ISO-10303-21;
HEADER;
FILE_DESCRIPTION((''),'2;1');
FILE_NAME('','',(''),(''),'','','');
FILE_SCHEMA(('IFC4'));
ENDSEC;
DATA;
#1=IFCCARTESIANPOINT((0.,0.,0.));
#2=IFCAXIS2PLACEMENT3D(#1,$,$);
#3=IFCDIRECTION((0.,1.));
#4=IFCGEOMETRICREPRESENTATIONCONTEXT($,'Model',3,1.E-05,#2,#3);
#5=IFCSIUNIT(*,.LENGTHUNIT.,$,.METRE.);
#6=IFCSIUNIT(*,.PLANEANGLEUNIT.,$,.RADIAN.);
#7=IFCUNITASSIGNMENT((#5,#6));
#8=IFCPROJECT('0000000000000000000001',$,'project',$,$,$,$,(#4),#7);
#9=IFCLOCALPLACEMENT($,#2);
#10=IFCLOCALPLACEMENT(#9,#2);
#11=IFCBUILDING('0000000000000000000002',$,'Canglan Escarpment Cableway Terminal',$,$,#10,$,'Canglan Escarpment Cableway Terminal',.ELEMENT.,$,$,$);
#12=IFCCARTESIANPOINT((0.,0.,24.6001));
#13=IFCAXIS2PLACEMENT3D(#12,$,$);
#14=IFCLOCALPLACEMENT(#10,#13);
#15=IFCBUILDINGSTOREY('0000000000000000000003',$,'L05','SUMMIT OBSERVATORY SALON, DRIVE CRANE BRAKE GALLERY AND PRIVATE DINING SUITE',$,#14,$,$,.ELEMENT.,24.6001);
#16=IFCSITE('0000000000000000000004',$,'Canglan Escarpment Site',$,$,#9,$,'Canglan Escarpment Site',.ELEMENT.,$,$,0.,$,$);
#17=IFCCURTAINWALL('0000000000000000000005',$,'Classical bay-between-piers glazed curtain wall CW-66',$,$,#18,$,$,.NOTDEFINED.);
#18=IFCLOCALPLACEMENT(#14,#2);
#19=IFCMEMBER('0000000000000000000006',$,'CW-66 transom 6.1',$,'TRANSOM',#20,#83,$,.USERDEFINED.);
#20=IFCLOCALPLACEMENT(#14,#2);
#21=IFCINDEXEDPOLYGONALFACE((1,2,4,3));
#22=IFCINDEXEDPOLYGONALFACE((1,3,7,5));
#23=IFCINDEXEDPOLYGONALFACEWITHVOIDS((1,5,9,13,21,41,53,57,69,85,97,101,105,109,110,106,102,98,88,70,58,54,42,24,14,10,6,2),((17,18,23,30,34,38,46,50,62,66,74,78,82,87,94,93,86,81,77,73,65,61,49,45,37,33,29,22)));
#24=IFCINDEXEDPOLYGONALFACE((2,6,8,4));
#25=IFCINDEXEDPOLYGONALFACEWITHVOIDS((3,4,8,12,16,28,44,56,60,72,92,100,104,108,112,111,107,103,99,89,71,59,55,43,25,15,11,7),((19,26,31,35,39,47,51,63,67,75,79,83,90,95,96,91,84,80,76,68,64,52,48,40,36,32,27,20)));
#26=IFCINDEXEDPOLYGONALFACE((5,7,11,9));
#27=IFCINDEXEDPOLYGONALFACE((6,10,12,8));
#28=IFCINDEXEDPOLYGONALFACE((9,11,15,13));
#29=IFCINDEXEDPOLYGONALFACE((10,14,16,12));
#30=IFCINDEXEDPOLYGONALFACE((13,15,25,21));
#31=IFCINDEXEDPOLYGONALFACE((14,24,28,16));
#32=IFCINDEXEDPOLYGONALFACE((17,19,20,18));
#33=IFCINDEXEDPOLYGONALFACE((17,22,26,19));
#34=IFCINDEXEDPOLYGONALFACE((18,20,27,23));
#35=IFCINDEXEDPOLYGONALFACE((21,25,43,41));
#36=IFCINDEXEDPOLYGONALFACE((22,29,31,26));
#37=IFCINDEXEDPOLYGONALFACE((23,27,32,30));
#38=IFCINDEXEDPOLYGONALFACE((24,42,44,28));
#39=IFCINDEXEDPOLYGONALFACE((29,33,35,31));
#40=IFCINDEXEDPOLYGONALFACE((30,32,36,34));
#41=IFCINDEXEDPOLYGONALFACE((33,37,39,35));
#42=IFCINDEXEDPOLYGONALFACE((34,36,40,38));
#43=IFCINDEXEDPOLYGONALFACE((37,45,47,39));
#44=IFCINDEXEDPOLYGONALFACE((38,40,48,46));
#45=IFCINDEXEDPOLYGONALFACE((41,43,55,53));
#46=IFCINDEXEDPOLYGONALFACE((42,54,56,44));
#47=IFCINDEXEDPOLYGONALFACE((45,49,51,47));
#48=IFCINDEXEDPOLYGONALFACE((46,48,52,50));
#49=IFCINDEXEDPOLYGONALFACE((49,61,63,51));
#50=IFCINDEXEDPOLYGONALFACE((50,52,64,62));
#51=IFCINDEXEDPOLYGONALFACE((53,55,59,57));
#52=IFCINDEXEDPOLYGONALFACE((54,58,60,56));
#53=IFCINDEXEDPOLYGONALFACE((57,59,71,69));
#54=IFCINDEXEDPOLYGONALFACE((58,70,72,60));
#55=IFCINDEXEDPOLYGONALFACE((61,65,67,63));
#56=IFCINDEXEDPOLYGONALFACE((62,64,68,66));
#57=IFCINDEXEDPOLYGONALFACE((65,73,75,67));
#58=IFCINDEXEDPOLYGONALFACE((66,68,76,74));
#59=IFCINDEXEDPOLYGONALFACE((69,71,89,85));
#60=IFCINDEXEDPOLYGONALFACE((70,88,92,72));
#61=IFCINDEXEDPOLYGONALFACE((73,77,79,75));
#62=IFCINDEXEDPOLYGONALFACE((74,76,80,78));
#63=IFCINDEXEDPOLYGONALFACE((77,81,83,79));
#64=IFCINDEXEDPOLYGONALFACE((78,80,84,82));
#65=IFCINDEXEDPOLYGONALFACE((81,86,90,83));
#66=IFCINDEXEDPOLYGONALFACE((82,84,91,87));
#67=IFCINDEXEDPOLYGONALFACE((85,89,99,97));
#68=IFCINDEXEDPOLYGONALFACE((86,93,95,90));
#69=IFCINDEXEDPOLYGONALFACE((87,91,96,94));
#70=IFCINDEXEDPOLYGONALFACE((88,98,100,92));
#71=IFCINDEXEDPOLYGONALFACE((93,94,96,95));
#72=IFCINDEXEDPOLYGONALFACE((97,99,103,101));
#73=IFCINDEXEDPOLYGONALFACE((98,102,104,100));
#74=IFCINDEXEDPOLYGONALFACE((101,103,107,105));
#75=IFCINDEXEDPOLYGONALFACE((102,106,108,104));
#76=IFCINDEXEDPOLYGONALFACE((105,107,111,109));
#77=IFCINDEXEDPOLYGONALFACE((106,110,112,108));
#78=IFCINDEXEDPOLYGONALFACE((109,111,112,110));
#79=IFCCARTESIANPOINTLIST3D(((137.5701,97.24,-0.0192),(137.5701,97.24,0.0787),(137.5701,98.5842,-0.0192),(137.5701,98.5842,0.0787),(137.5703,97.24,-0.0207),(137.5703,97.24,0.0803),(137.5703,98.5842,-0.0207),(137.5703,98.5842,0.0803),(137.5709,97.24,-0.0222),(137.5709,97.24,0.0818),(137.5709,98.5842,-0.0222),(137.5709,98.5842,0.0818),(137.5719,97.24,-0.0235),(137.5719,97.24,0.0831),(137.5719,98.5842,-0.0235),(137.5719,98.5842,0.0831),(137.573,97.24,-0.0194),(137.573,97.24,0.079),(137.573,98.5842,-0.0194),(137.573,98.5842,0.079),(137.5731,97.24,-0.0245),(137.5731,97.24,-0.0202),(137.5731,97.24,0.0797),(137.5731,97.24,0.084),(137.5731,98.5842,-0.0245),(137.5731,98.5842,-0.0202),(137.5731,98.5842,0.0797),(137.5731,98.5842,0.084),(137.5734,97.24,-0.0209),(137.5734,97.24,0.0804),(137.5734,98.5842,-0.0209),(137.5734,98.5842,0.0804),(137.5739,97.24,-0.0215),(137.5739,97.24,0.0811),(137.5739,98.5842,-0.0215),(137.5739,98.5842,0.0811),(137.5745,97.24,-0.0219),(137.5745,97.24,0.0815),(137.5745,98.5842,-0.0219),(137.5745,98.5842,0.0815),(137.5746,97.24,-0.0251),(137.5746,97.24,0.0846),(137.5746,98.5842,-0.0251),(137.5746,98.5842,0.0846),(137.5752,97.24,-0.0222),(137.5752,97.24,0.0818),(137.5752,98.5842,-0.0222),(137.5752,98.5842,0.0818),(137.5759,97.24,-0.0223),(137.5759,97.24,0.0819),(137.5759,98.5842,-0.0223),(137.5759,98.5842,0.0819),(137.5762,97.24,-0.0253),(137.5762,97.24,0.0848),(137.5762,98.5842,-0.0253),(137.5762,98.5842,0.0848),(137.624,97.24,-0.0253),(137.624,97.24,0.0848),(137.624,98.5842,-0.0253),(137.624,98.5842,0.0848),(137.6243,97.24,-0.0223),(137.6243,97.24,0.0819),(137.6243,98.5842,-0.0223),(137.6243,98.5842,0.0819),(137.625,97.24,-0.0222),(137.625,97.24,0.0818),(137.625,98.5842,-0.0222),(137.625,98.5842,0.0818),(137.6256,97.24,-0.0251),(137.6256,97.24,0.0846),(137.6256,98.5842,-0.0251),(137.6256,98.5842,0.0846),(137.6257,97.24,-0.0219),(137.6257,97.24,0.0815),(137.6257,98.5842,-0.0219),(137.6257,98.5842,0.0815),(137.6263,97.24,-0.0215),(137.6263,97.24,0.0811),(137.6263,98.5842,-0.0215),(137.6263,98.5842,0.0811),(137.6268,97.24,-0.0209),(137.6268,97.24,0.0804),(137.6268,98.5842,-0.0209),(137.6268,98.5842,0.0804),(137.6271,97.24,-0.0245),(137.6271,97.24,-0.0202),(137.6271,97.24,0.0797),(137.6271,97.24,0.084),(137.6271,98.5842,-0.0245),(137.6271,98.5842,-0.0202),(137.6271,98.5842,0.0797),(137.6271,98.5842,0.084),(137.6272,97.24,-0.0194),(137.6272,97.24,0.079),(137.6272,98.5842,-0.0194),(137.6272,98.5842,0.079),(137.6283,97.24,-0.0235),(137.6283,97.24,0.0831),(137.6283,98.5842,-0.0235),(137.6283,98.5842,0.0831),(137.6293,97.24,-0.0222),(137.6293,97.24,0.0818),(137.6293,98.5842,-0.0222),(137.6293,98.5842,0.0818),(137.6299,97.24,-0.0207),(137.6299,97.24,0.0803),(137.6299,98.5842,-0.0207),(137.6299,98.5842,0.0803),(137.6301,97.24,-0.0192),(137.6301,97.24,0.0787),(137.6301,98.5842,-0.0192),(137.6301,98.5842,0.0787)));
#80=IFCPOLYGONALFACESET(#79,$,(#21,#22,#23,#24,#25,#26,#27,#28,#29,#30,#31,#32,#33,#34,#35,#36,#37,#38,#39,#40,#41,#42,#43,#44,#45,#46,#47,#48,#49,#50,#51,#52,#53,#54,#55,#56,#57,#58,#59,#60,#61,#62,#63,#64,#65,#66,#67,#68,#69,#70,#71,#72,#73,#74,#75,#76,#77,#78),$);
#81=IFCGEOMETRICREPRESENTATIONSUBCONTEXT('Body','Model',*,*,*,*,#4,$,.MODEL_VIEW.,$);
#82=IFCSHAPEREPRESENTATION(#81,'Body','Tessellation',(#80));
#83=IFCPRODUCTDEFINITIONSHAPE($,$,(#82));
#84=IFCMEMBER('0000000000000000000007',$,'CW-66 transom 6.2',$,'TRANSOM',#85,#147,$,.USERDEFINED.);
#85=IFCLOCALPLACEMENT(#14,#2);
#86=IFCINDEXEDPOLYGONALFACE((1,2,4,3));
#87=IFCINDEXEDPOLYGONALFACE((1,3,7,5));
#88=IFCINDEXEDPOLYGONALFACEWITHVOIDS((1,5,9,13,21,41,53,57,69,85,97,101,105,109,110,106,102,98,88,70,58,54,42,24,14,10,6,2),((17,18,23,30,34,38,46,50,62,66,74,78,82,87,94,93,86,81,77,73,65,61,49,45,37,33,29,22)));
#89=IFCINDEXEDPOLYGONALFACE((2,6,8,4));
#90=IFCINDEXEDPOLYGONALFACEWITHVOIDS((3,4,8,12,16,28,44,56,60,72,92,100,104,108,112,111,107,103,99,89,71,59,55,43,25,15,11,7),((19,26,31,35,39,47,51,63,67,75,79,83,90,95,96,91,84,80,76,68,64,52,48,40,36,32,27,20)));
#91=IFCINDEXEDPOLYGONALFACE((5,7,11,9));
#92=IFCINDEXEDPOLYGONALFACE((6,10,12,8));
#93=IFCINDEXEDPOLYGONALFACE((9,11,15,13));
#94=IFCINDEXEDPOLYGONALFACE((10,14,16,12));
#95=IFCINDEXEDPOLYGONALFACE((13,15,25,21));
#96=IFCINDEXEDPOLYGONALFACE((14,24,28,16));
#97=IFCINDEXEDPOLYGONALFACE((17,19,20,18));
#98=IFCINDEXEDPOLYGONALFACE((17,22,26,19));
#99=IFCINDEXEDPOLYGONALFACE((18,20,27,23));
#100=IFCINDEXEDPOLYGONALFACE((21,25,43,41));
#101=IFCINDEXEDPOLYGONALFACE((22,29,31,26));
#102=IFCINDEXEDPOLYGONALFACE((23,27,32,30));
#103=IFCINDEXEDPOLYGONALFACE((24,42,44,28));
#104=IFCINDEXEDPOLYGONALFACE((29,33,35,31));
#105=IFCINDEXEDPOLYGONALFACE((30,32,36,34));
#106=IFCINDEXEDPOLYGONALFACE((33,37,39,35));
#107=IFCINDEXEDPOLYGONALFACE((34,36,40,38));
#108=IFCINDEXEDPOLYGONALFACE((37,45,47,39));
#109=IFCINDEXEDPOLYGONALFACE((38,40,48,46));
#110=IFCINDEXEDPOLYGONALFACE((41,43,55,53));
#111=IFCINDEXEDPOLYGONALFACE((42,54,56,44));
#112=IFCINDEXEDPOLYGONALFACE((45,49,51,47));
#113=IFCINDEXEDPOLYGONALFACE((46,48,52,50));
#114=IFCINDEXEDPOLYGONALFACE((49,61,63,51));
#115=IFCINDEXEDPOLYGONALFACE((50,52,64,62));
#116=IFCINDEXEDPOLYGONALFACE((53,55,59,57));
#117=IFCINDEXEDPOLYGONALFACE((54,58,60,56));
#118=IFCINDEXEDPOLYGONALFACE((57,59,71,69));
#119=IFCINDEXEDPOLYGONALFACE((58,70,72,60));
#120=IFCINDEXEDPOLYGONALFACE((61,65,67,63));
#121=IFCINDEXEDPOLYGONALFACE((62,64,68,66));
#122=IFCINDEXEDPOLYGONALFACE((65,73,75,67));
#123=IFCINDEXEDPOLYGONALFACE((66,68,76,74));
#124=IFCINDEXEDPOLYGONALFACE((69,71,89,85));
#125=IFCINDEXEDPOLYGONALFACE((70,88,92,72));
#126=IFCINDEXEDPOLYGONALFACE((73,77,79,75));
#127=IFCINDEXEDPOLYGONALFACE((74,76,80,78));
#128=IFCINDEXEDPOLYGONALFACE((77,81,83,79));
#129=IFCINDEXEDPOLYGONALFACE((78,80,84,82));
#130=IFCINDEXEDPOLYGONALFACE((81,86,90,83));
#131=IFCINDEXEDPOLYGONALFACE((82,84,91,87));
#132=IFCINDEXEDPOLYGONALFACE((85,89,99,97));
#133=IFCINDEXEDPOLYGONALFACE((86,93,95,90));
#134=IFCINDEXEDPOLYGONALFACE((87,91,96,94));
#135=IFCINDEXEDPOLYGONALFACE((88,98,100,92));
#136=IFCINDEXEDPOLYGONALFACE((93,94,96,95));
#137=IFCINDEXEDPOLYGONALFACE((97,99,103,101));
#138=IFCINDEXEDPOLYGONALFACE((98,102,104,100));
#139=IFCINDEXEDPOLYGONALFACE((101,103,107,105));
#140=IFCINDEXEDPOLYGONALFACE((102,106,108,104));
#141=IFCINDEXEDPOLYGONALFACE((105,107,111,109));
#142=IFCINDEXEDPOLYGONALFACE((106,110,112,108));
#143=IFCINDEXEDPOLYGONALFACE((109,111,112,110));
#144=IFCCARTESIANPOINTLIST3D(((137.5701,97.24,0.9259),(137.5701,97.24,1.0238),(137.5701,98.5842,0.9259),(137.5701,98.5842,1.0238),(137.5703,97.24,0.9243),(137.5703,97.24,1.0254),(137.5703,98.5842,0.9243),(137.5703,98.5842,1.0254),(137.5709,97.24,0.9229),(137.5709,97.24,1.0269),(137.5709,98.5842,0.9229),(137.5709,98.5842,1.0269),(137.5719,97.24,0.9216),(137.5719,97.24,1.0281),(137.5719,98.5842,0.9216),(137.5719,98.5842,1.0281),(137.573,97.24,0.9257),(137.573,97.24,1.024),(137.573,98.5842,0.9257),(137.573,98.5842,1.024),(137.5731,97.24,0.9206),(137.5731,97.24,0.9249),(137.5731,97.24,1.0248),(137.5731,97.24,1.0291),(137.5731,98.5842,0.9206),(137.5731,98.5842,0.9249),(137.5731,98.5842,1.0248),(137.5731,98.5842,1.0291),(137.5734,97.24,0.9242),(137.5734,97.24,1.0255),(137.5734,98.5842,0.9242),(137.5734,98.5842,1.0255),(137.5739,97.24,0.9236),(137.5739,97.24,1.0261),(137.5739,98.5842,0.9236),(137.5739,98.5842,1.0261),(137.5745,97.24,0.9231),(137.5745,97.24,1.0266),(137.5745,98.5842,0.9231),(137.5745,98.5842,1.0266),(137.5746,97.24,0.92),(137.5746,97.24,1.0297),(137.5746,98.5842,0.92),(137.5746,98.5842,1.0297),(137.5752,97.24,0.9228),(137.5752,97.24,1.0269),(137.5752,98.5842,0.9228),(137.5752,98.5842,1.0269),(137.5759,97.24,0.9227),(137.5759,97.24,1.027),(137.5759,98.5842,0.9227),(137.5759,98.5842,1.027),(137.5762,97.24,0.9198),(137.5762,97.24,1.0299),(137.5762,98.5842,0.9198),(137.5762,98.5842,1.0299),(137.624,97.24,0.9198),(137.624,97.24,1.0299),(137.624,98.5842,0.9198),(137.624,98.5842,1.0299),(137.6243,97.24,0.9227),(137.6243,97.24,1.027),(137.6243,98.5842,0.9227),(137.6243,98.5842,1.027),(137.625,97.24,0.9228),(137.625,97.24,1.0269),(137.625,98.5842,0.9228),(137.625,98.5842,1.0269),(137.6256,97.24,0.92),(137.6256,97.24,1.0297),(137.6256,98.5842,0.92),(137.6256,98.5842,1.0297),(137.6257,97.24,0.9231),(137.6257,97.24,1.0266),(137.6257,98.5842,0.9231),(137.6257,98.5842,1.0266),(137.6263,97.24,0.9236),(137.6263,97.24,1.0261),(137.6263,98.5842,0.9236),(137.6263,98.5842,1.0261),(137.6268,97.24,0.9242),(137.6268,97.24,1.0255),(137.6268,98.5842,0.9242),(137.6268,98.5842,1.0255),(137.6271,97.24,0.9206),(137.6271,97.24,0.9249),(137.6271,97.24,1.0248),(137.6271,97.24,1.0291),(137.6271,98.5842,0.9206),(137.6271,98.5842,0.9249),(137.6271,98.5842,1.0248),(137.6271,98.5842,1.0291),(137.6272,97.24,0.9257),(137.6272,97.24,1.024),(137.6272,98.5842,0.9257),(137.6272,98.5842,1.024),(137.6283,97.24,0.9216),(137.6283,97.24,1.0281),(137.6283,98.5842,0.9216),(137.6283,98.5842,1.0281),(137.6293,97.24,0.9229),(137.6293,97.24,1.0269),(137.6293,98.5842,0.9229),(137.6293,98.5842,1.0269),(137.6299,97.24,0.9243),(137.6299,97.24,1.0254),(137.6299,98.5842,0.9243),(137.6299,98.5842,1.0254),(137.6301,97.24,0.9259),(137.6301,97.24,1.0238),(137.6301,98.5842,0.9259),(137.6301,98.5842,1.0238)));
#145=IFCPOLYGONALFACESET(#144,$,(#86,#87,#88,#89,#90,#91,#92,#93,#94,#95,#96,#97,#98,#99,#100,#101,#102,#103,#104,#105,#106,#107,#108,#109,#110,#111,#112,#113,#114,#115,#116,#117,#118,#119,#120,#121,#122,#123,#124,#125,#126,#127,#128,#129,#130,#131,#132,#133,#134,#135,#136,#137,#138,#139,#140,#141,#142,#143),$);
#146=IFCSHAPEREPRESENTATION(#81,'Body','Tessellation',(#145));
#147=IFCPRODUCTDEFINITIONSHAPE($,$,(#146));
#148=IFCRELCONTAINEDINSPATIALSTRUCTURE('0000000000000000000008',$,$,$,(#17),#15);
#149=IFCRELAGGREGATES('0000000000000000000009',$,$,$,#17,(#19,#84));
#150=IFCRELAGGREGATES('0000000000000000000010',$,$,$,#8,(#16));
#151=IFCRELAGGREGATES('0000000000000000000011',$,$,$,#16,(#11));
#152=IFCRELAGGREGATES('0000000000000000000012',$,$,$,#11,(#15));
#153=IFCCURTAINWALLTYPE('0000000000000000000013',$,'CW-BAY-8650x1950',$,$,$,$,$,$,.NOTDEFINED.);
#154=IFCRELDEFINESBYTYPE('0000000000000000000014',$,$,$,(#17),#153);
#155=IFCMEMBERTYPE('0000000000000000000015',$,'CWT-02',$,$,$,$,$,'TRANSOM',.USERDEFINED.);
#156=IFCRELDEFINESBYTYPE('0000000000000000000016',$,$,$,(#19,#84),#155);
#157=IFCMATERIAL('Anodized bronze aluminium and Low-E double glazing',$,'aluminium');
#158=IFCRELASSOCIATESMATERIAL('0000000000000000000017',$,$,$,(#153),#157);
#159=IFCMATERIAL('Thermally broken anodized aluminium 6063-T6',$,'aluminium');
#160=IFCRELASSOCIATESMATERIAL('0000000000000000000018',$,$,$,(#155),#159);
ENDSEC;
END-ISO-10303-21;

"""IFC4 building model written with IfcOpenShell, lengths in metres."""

from ifc_helpers import new_model, si_unit, direction, frame, origin, origin_2d, place, context, subcontext, project, spatial, hollow_rectangle, extrude, material, material_profile, profile_set, type_object, element, aggregate, save


model = new_model("IFC4")

# Units and contexts
model_context = context("Model", 3, precision=1e-05, world=origin(), true_north=direction((0.0, 1.0)))
body_context = subcontext(model_context, "Body", "Model", "MODEL_VIEW")
ifc_project = project(units=[si_unit("LENGTHUNIT", "METRE"), si_unit("PLANEANGLEUNIT", "RADIAN")], contexts=[model_context])

# Site, building, storey
site_placement = place(None, origin())
site = spatial("IfcSite", under=ifc_project, at=site_placement, Name="Canglan Escarpment Site", LongName="Canglan Escarpment Site", CompositionType="ELEMENT", RefElevation=0.0)
building_placement = place(site_placement, origin())
building = spatial("IfcBuilding", under=site, at=building_placement, Name="Canglan Escarpment Cableway Terminal", LongName="Canglan Escarpment Cableway Terminal", CompositionType="ELEMENT")
storey_placement = place(building_placement, frame((0.0, 0.0, 24.6001)))
storey = spatial("IfcBuildingStorey", under=building, at=storey_placement, Name="L05", Description="SUMMIT OBSERVATORY SALON, DRIVE CRANE BRAKE GALLERY AND PRIVATE DINING SUITE", CompositionType="ELEMENT", Elevation=24.6001)

# Curtain wall, members
ifc_material_1 = material(Name="Anodized bronze aluminium and Low-E double glazing", Category="aluminium")
curtain_wall_type = type_object("IfcCurtainWallType", Name="CW-BAY-8650x1950", PredefinedType="NOTDEFINED", material=ifc_material_1)
curtain_wall_placement = place(storey_placement, origin())
curtain_wall = element("IfcCurtainWall", 1, at=curtain_wall_placement, inside=storey, type_object=curtain_wall_type, Name="Classical bay-between-piers glazed curtain wall CW-66", PredefinedType="NOTDEFINED")
ifc_material_2 = material(Name="Thermally broken anodized aluminium 6063-T6", Category="aluminium")
ifc_material_profile_1 = material_profile(ifc_material_2, hollow_rectangle(XDim=0.0601, YDim=0.1101, WallThickness=0.0029, InnerFilletRadius=0.0029, OuterFilletRadius=0.0061, at=origin_2d()), Name="ALU-TRAN 60x110x3")
ifc_profile_set_1 = profile_set([ifc_material_profile_1], Name="Thermally broken anodized aluminium 6063-T6")
member_type_1 = type_object("IfcMemberType", Name="CWT-02", ElementType="TRANSOM", PredefinedType="USERDEFINED", material=ifc_profile_set_1)
member_1_placement = place(storey_placement, frame((137.6001, 98.5842, 0.0298), z_axis=(0.0, -1.0, 0.0), x_axis=(1.0, 0.0, 0.0)))
member_1 = element("IfcMember", 2, at=member_1_placement, type_object=member_type_1, Name="CW-66 transom 6.1", ObjectType="TRANSOM", PredefinedType="USERDEFINED", context=body_context, shape_type="SweptSolid", body=[
    extrude(hollow_rectangle(XDim=0.0601, YDim=0.1101, WallThickness=0.0029, InnerFilletRadius=0.0029, OuterFilletRadius=0.0061, at=origin_2d()), origin(), (0.0, 0.0, 1.0), 1.3442),
])
member_2_placement = place(storey_placement, frame((137.6001, 98.5842, 0.9749), z_axis=(0.0, -1.0, 0.0), x_axis=(1.0, 0.0, 0.0)))
member_2 = element("IfcMember", 3, at=member_2_placement, type_object=member_type_1, Name="CW-66 transom 6.2", ObjectType="TRANSOM", PredefinedType="USERDEFINED", context=body_context, shape_type="SweptSolid", body=[
    extrude(hollow_rectangle(XDim=0.0601, YDim=0.1101, WallThickness=0.0029, InnerFilletRadius=0.0029, OuterFilletRadius=0.0061, at=origin_2d()), origin(), (0.0, 0.0, 1.0), 1.3442),
])

aggregate(curtain_wall, [member_1, member_2])

save(model, "model.ifc")
